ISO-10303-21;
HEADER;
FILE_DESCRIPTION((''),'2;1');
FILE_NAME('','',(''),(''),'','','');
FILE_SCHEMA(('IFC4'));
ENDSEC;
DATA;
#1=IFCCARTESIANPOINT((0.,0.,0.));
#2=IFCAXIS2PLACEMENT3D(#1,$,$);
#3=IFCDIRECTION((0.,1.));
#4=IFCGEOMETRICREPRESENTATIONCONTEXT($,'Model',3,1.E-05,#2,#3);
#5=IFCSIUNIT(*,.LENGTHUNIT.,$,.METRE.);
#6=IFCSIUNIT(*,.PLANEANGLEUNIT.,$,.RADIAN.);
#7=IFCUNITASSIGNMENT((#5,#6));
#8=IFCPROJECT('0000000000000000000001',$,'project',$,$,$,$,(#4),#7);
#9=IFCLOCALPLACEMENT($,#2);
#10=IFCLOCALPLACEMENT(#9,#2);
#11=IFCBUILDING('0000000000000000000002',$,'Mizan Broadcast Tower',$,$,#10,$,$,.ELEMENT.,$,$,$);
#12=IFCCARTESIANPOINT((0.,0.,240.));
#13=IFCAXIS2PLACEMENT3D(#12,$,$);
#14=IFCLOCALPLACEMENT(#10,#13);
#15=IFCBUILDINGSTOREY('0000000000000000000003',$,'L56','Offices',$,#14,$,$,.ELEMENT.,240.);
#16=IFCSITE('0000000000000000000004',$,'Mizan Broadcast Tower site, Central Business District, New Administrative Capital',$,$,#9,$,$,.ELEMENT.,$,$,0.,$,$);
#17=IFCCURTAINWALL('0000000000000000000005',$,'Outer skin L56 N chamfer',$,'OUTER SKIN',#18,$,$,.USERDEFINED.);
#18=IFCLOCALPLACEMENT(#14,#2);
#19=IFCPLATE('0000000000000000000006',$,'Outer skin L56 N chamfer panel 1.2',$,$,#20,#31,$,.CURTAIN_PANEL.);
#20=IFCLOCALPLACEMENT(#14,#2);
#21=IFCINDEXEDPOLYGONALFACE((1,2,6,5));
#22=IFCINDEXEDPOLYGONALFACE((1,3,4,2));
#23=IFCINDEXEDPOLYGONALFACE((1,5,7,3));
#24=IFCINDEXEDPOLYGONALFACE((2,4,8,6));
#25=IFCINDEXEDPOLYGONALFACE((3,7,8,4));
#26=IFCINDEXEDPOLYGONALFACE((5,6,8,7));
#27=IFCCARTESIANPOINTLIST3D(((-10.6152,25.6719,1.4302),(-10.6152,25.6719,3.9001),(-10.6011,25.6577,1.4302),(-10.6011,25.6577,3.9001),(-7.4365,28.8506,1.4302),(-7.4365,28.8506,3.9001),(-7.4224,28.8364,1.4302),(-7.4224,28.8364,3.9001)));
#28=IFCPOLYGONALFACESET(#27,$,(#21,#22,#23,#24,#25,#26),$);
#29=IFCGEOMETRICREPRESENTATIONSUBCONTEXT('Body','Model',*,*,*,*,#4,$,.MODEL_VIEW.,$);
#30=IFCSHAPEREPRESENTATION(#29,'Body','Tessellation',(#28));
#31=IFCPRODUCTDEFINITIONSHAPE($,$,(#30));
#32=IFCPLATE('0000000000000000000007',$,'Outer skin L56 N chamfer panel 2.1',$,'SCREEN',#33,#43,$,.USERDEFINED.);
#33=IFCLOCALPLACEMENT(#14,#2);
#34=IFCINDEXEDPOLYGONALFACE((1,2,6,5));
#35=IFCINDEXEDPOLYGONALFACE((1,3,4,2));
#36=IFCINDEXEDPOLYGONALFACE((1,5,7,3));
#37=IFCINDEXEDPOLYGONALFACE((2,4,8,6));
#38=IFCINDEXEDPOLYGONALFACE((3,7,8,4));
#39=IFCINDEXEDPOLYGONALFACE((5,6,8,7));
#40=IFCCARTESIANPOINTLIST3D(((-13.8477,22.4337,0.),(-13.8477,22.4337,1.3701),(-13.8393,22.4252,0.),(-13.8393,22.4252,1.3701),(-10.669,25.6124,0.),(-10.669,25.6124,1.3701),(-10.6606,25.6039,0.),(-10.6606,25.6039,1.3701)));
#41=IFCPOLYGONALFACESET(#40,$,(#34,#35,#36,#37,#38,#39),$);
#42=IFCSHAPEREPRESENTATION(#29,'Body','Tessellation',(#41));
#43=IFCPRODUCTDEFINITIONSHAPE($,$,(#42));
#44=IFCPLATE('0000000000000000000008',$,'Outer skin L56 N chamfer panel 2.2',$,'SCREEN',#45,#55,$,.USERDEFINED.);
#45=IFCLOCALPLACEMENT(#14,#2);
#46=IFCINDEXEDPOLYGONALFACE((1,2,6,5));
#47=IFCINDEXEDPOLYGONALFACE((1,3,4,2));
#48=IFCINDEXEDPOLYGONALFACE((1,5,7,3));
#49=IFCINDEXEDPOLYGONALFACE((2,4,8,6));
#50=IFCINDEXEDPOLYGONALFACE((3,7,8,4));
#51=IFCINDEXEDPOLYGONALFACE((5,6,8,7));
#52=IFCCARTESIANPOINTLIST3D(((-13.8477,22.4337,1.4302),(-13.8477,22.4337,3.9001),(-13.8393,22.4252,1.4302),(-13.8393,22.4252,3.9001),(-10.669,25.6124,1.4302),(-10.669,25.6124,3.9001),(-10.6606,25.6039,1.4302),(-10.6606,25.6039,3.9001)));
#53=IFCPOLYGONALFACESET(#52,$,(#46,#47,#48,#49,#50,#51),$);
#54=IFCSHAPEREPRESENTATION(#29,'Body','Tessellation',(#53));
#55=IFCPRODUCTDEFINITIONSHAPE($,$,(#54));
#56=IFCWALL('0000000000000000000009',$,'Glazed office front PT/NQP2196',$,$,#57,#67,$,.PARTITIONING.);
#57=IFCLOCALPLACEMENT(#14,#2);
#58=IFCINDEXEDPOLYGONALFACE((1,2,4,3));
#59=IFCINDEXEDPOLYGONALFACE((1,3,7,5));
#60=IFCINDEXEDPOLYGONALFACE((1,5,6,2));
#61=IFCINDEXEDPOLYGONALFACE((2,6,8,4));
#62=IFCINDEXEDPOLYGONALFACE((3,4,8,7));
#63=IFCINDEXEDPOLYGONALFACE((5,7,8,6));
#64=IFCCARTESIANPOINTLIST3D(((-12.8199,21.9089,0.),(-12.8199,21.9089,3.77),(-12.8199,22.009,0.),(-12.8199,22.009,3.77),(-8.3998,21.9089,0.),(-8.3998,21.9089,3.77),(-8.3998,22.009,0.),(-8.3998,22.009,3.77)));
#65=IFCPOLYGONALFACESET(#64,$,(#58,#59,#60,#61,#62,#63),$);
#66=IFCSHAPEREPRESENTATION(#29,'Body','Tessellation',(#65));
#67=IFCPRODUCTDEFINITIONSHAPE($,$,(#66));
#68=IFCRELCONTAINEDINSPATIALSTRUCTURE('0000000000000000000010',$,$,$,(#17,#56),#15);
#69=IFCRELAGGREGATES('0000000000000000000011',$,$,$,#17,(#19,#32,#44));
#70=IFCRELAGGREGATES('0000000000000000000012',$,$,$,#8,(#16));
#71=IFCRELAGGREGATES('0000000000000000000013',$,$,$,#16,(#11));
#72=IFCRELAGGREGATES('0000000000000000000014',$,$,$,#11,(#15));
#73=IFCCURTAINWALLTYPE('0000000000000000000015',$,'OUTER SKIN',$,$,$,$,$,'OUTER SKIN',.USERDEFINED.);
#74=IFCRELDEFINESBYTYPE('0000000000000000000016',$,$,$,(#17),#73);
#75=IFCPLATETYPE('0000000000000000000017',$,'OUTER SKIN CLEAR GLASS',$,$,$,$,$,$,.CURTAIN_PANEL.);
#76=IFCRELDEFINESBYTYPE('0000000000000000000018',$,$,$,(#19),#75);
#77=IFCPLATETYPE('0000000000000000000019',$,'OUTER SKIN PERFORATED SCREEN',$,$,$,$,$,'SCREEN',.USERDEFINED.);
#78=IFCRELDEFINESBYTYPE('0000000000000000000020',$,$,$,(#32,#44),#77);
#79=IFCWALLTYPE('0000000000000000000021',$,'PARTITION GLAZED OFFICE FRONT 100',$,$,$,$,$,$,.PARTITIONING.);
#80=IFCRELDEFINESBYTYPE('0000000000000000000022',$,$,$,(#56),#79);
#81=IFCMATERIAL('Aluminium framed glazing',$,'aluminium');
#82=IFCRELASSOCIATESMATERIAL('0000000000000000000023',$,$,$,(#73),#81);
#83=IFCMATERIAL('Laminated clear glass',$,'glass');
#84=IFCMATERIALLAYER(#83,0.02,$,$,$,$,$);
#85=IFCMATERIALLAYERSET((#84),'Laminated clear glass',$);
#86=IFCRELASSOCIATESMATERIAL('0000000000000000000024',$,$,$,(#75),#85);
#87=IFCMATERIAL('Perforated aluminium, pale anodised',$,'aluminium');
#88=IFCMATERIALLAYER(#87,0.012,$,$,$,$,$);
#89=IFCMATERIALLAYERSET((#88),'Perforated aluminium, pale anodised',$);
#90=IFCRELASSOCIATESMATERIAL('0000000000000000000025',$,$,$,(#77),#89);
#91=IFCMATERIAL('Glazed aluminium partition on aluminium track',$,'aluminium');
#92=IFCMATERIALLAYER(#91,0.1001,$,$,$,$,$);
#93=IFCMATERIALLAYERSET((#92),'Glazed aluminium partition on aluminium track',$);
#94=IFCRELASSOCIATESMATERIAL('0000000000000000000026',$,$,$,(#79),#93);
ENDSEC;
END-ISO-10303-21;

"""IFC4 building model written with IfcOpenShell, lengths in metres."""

from ifc_helpers import new_model, si_unit, direction, frame, frame_2d, origin, origin_2d, place, context, subcontext, project, spatial, rectangle, extrude, material, layer, layer_set, type_object, element, aggregate, save


model = new_model("IFC4")

# Units and contexts
model_context = context("Model", 3, precision=1e-05, world=origin(), true_north=direction((0.0, 1.0)))
body_context = subcontext(model_context, "Body", "Model", "MODEL_VIEW")
ifc_project = project(units=[si_unit("LENGTHUNIT", "METRE"), si_unit("PLANEANGLEUNIT", "RADIAN")], contexts=[model_context])

# Site, building, storey
site_placement = place(None, origin())
site = spatial("IfcSite", under=ifc_project, at=site_placement, Name="Mizan Broadcast Tower site, Central Business District, New Administrative Capital", CompositionType="ELEMENT", RefElevation=0.0)
building_placement = place(site_placement, origin())
building = spatial("IfcBuilding", under=site, at=building_placement, Name="Mizan Broadcast Tower", CompositionType="ELEMENT")
storey_placement = place(building_placement, frame((0.0, 0.0, 240.0)))
storey = spatial("IfcBuildingStorey", under=building, at=storey_placement, Name="L56", Description="Offices", CompositionType="ELEMENT", Elevation=240.0)

# Curtain wall
ifc_material_1 = material(Name="Aluminium framed glazing", Category="aluminium")
curtain_wall_type_1 = type_object("IfcCurtainWallType", Name="OUTER SKIN", ElementType="OUTER SKIN", PredefinedType="USERDEFINED", material=ifc_material_1)
curtain_wall_1_placement = place(storey_placement, origin())
curtain_wall_1 = element("IfcCurtainWall", 1, at=curtain_wall_1_placement, inside=storey, type_object=curtain_wall_type_1, Name="Outer skin L56 N chamfer", ObjectType="OUTER SKIN", PredefinedType="USERDEFINED")

# Plates
ifc_material_2 = material(Name="Laminated clear glass", Category="glass")
ifc_layer_1 = layer(ifc_material_2, 0.02)
ifc_layer_set_1 = layer_set([ifc_layer_1], Name="Laminated clear glass")
plate_type_1 = type_object("IfcPlateType", Name="OUTER SKIN CLEAR GLASS", PredefinedType="CURTAIN_PANEL", material=ifc_layer_set_1)
plate_1_placement = place(storey_placement, frame((-9.0188, 27.2542, 1.4302), z_axis=(0.0, 0.0, 1.0), x_axis=(-0.707107, -0.707107, 0.0)))
plate_1 = element("IfcPlate", 2, at=plate_1_placement, type_object=plate_type_1, Name="Outer skin L56 N chamfer panel 1.2", PredefinedType="CURTAIN_PANEL", context=body_context, shape_type="SweptSolid", body=[
    extrude(rectangle(XDim=4.4954, YDim=0.02, at=origin_2d()), origin(), (0.0, 0.0, 1.0), 2.47),
])
ifc_material_3 = material(Name="Perforated aluminium, pale anodised", Category="aluminium")
ifc_layer_2 = layer(ifc_material_3, 0.012)
ifc_layer_set_2 = layer_set([ifc_layer_2], Name="Perforated aluminium, pale anodised")
plate_type_2 = type_object("IfcPlateType", Name="OUTER SKIN PERFORATED SCREEN", ElementType="SCREEN", PredefinedType="USERDEFINED", material=ifc_layer_set_2)
plate_2_placement = place(storey_placement, frame((-12.2542, 24.0188, 0.0), z_axis=(0.0, 0.0, 1.0), x_axis=(-0.707107, -0.707107, 0.0)))
plate_2 = element("IfcPlate", 3, at=plate_2_placement, type_object=plate_type_2, Name="Outer skin L56 N chamfer panel 2.1", ObjectType="SCREEN", PredefinedType="USERDEFINED", context=body_context, shape_type="SweptSolid", body=[
    extrude(rectangle(XDim=4.4954, YDim=0.012, at=origin_2d()), origin(), (0.0, 0.0, 1.0), 1.3701),
])
plate_3_placement = place(storey_placement, frame((-12.2542, 24.0188, 1.4302), z_axis=(0.0, 0.0, 1.0), x_axis=(-0.707107, -0.707107, 0.0)))
plate_3 = element("IfcPlate", 4, at=plate_3_placement, type_object=plate_type_2, Name="Outer skin L56 N chamfer panel 2.2", ObjectType="SCREEN", PredefinedType="USERDEFINED", context=body_context, shape_type="SweptSolid", body=[
    extrude(rectangle(XDim=4.4954, YDim=0.012, at=origin_2d()), origin(), (0.0, 0.0, 1.0), 2.47),
])
aggregate(curtain_wall_1, [plate_1, plate_2, plate_3])

# Wall
ifc_material_4 = material(Name="Glazed aluminium partition on aluminium track", Category="aluminium")
ifc_layer_3 = layer(ifc_material_4, 0.1001)
ifc_layer_set_3 = layer_set([ifc_layer_3], Name="Glazed aluminium partition on aluminium track")
wall_type = type_object("IfcWallType", Name="PARTITION GLAZED OFFICE FRONT 100", PredefinedType="PARTITIONING", material=ifc_layer_set_3)
wall_placement = place(storey_placement, frame((-8.3999, 21.959, 0.0), z_axis=(0.0, 0.0, 1.0), x_axis=(-1.0, 0.0, 0.0)))
element("IfcWall", 5, at=wall_placement, inside=storey, type_object=wall_type, Name="Glazed office front PT/NQP2196", PredefinedType="PARTITIONING", context=body_context, shape_type="SweptSolid", body=[
    extrude(rectangle(XDim=4.4202, YDim=0.1001, at=frame_2d((2.21, 0.0))), origin(), (0.0, 0.0, 1.0), 3.77),
])

save(model, "model.ifc")
